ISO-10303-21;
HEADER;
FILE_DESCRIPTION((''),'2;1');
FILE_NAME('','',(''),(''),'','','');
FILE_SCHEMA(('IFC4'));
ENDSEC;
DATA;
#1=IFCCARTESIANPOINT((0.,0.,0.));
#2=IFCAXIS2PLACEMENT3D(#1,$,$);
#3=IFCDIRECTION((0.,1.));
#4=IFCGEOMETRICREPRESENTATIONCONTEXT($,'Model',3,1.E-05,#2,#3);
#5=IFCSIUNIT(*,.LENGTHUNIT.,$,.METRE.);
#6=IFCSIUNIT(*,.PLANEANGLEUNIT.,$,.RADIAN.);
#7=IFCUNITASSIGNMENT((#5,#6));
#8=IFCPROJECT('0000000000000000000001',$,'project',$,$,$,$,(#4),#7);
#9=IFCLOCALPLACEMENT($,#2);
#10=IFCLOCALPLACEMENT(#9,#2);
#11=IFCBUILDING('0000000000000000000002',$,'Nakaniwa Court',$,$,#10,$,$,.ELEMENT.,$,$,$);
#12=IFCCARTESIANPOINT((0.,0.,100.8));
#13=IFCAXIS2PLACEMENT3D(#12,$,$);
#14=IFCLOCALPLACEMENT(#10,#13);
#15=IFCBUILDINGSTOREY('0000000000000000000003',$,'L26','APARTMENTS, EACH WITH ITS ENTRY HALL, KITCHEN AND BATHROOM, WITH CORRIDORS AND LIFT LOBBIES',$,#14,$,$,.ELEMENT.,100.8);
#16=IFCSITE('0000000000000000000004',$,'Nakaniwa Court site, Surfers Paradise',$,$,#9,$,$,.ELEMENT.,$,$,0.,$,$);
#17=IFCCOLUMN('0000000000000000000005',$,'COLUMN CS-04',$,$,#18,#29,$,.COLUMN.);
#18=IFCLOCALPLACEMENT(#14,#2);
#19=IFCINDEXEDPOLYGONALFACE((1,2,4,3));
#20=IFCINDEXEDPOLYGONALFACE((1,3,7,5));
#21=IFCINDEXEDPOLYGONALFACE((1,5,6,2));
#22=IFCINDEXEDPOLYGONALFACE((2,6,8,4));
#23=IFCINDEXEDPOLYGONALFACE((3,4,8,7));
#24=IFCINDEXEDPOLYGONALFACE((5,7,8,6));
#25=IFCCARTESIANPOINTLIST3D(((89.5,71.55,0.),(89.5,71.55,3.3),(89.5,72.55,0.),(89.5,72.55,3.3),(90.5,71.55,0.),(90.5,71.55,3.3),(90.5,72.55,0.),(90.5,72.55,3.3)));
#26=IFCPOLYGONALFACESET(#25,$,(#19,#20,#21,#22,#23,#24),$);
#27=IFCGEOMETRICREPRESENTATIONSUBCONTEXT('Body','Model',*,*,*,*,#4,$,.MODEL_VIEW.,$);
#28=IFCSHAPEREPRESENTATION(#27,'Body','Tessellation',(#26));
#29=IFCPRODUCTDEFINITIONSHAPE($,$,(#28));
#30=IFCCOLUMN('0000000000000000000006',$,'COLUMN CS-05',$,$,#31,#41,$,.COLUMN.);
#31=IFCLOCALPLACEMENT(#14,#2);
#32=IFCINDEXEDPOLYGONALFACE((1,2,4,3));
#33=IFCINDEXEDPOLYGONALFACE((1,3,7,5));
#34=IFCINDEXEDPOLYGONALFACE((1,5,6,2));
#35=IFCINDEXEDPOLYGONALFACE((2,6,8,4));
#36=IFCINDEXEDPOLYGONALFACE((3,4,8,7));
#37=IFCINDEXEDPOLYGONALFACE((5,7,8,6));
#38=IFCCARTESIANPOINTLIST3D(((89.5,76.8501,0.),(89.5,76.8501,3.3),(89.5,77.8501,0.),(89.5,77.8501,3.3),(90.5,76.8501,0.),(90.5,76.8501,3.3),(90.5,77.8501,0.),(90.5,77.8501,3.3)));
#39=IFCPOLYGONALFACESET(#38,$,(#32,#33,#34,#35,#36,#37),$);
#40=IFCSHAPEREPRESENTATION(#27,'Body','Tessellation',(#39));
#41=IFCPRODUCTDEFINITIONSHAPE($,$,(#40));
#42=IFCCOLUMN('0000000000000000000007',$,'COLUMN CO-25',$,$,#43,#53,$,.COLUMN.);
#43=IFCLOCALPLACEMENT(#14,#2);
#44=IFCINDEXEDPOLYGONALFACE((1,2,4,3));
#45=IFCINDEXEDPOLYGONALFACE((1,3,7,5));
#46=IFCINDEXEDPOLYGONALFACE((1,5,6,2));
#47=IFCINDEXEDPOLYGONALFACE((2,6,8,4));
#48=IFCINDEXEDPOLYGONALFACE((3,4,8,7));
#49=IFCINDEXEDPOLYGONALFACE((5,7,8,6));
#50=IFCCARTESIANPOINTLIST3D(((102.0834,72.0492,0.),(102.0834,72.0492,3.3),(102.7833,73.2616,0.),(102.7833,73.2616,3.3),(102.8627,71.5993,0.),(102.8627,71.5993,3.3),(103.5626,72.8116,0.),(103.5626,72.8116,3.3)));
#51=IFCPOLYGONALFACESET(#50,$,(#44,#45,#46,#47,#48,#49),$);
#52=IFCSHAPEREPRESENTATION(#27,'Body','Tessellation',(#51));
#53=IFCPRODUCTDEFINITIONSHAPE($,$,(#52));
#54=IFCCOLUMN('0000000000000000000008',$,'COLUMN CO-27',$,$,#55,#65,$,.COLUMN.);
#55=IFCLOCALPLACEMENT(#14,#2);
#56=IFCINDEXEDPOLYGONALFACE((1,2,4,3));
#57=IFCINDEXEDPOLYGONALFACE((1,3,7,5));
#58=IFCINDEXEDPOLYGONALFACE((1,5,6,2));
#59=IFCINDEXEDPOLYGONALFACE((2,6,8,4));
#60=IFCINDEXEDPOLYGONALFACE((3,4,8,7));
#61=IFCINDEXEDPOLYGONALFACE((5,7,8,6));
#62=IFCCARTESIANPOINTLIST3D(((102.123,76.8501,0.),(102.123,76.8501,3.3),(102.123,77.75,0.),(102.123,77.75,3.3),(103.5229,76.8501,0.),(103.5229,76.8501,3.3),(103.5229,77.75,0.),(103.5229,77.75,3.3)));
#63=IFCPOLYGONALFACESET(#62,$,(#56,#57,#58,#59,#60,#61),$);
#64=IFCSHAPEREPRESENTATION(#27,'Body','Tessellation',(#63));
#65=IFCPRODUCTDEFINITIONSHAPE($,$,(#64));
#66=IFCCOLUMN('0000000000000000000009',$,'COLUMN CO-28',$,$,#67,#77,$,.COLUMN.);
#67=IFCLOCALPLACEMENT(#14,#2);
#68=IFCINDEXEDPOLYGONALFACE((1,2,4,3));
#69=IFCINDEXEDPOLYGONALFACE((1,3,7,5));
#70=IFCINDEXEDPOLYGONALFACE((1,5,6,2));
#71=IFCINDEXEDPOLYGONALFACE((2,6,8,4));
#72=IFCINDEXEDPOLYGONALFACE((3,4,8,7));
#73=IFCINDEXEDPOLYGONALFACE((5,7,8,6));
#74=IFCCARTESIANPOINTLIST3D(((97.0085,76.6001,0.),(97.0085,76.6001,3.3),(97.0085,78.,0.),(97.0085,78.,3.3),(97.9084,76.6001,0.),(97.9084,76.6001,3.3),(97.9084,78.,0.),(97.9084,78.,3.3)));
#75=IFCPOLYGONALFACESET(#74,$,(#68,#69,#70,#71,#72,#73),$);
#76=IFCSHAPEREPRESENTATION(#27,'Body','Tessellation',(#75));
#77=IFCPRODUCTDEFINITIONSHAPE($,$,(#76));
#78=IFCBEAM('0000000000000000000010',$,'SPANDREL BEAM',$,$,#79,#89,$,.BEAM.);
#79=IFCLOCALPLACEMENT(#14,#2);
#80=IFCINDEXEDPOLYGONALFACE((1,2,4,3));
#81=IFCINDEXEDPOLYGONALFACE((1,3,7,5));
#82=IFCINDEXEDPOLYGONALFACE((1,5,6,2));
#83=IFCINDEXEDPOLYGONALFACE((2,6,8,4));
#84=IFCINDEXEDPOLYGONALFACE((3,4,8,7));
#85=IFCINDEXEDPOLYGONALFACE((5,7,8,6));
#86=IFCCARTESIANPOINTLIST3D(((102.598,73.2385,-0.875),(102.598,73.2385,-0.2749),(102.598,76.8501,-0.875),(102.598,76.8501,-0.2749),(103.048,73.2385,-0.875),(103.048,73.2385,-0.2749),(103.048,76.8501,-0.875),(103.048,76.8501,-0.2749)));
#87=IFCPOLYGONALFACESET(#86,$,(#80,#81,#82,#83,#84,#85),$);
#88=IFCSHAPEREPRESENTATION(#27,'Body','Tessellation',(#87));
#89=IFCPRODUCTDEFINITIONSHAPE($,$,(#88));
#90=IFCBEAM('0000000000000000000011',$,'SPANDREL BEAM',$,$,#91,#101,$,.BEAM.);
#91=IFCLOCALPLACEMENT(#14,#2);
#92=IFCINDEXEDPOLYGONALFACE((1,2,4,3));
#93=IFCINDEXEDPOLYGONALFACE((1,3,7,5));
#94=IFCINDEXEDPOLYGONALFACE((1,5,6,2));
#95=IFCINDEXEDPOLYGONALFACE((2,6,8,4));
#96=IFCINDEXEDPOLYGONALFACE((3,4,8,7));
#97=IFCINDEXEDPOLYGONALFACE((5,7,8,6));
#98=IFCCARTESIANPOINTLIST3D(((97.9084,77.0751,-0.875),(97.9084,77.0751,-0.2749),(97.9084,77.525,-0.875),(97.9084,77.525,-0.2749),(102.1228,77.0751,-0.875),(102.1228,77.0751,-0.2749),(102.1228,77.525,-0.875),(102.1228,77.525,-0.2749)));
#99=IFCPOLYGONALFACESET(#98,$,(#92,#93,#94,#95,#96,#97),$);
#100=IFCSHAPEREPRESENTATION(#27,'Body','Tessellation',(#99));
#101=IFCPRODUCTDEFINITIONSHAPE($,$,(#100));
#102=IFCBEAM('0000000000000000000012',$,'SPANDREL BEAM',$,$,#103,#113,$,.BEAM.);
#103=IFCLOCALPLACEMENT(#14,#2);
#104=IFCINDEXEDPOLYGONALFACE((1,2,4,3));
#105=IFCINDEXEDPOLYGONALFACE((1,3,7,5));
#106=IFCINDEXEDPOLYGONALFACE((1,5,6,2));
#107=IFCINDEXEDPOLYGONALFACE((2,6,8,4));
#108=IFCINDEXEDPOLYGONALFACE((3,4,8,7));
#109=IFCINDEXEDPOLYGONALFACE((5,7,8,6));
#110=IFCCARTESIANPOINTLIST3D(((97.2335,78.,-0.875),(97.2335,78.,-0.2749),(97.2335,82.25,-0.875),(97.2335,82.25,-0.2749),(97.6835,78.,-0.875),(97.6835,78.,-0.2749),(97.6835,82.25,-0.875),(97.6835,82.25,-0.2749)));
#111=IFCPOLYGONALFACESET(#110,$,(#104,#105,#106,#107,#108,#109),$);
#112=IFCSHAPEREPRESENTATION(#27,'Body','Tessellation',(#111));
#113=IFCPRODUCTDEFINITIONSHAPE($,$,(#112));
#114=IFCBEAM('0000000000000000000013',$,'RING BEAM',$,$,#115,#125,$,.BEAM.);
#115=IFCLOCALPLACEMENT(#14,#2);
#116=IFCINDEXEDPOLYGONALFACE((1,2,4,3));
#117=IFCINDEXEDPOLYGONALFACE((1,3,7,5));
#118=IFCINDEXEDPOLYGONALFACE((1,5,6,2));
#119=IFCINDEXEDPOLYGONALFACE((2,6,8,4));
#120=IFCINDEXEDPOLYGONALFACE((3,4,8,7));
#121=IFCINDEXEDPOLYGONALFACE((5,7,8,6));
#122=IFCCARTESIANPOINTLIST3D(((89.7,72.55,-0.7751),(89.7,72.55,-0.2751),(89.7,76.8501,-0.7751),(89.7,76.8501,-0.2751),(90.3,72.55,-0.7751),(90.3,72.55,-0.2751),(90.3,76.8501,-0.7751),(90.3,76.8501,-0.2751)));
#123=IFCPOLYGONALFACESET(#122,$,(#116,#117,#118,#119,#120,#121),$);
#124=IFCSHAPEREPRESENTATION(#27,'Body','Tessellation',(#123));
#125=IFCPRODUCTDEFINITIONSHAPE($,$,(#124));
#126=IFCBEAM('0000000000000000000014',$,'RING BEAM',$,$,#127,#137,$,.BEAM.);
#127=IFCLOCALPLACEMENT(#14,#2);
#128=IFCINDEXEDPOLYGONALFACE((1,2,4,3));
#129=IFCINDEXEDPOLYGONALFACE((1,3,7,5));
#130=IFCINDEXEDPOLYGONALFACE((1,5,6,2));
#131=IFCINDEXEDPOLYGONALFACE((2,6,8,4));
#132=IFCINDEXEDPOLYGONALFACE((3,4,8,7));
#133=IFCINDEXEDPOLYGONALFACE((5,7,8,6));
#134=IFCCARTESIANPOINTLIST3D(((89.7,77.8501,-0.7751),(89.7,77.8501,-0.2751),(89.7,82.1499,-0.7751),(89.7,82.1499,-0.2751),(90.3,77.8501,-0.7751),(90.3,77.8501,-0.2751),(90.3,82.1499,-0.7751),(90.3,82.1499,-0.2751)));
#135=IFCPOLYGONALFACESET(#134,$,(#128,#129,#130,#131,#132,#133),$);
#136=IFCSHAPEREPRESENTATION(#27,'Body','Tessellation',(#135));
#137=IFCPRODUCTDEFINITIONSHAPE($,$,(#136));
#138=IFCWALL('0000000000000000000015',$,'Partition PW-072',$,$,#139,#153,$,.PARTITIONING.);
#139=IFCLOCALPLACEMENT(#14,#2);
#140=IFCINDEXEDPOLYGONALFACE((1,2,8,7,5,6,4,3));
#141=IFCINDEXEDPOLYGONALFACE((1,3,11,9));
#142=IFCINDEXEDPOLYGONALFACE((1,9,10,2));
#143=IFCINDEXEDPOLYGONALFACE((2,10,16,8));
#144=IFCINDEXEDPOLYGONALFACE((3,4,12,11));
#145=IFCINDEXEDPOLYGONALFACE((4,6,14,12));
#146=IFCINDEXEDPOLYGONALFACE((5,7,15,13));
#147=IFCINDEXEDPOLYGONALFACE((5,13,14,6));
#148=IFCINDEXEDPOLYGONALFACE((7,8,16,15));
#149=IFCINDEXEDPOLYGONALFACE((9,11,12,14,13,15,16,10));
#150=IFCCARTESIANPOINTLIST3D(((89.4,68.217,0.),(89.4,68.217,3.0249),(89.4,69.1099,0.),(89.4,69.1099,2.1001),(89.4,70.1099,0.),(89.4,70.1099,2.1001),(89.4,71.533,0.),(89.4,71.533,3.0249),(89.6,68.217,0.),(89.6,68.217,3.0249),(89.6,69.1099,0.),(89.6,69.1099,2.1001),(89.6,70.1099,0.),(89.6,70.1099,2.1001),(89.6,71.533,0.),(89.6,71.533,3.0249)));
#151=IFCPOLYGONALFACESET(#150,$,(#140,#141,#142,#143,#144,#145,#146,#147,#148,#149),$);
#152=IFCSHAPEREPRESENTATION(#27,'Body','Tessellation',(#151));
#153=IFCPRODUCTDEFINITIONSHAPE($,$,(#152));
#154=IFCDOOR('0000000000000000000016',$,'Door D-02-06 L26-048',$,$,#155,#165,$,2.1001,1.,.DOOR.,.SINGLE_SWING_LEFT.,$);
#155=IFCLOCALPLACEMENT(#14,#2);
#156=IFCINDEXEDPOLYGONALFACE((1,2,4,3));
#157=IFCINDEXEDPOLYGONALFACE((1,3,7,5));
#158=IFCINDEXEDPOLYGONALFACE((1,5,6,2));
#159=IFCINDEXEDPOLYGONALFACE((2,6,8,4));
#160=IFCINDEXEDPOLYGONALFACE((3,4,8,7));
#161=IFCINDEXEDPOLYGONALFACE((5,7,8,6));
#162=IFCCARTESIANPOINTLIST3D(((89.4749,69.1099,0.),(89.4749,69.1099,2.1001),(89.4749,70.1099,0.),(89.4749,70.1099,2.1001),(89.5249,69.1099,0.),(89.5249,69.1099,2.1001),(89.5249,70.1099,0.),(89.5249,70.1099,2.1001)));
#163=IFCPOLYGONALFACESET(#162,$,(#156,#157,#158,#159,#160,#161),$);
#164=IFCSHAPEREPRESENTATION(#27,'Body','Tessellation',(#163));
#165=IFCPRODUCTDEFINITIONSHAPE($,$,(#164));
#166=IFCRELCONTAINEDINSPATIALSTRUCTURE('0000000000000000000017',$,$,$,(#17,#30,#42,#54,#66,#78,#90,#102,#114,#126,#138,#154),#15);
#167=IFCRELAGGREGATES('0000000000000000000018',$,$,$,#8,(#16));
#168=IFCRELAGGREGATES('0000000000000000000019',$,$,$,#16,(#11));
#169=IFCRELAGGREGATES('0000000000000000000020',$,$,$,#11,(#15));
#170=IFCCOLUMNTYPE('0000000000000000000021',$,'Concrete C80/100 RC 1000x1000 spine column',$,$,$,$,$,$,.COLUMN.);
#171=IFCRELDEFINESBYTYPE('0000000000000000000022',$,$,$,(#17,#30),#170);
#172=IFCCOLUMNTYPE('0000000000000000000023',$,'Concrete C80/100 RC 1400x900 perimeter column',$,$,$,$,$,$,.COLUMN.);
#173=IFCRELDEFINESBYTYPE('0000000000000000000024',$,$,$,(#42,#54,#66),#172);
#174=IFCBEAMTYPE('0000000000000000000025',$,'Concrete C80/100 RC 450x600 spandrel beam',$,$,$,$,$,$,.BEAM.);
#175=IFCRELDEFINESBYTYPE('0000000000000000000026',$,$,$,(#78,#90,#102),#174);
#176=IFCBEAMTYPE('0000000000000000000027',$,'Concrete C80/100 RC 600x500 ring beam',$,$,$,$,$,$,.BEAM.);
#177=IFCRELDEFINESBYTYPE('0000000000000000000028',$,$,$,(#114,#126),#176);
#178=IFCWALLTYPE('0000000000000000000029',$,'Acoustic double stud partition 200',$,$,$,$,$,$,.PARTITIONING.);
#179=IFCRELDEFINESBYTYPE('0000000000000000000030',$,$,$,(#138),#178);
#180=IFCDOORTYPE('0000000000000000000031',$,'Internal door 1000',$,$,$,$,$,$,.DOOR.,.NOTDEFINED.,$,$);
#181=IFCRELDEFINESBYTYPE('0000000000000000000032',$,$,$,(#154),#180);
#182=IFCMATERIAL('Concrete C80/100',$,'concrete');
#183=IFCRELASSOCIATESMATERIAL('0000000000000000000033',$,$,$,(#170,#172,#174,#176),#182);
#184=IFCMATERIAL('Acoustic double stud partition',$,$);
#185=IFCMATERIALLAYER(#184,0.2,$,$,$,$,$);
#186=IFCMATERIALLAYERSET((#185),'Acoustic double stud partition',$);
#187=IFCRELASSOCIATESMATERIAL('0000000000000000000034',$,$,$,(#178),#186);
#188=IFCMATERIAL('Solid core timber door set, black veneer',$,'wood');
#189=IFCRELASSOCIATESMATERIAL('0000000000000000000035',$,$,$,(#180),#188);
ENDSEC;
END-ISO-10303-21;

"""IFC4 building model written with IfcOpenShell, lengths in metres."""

from ifc_helpers import new_model, si_unit, direction, frame, frame_2d, origin, origin_2d, place, context, subcontext, project, spatial, rectangle, extrude, material, layer, layer_set, material_profile, profile_set, type_object, element, fill, save


model = new_model("IFC4")

# Units and contexts
model_context = context("Model", 3, precision=1e-05, world=origin(), true_north=direction((0.0, 1.0)))
body_context = subcontext(model_context, "Body", "Model", "MODEL_VIEW")
ifc_project = project(units=[si_unit("LENGTHUNIT", "METRE"), si_unit("PLANEANGLEUNIT", "RADIAN")], contexts=[model_context])

# Site, building, storey
site_placement = place(None, origin())
site = spatial("IfcSite", under=ifc_project, at=site_placement, Name="Nakaniwa Court site, Surfers Paradise", CompositionType="ELEMENT", RefElevation=0.0)
building_placement = place(site_placement, origin())
building = spatial("IfcBuilding", under=site, at=building_placement, Name="Nakaniwa Court", CompositionType="ELEMENT")
storey_placement = place(building_placement, frame((0.0, 0.0, 100.8)))
storey = spatial("IfcBuildingStorey", under=building, at=storey_placement, Name="L26", Description="APARTMENTS, EACH WITH ITS ENTRY HALL, KITCHEN AND BATHROOM, WITH CORRIDORS AND LIFT LOBBIES", CompositionType="ELEMENT", Elevation=100.8)

# Columns
ifc_material_1 = material(Name="Concrete C80/100", Category="concrete")
ifc_material_profile_1 = material_profile(ifc_material_1, rectangle(XDim=1.0, YDim=1.0, at=origin_2d()), Name="Concrete C80/100 RC 1000x1000 spine column")
ifc_profile_set_1 = profile_set([ifc_material_profile_1], Name="Concrete C80/100")
column_type_1 = type_object("IfcColumnType", Name="Concrete C80/100 RC 1000x1000 spine column", PredefinedType="COLUMN", material=ifc_profile_set_1)
for number, where, z_axis, x_axis, name in (
    (1, (90.0, 72.05, 0.0), (0.0, 0.0, 1.0), (0.0, 1.0, 0.0), "COLUMN CS-04"),
    (2, (90.0, 77.3501, 0.0), (0.0, 0.0, 1.0), (0.0, 1.0, 0.0), "COLUMN CS-05"),
):
    element("IfcColumn", number, at=place(storey_placement, frame(where, z_axis=z_axis, x_axis=x_axis)), inside=storey, type_object=column_type_1, Name=name, PredefinedType="COLUMN", context=body_context, shape_type="SweptSolid", body=[
        extrude(rectangle(XDim=1.0, YDim=1.0, at=origin_2d()), origin(), (0.0, 0.0, 1.0), 3.3),
    ])
ifc_material_profile_2 = material_profile(ifc_material_1, rectangle(XDim=1.3999, YDim=0.8999, at=origin_2d()), Name="Concrete C80/100 RC 1400x900 perimeter column")
ifc_profile_set_2 = profile_set([ifc_material_profile_2], Name="Concrete C80/100")
column_type_2 = type_object("IfcColumnType", Name="Concrete C80/100 RC 1400x900 perimeter column", PredefinedType="COLUMN", material=ifc_profile_set_2)
for number, where, z_axis, x_axis, name in (
    (3, (102.823, 72.4304, 0.0), (0.0, 0.0, 1.0), (0.5, 0.866025, 0.0), "COLUMN CO-25"),
    (4, (102.823, 77.3, 0.0), (0.0, 0.0, 1.0), (-1.0, 0.0, 0.0), "COLUMN CO-27"),
    (5, (97.4585, 77.3, 0.0), (0.0, 0.0, 1.0), (0.0, 1.0, 0.0), "COLUMN CO-28"),
):
    element("IfcColumn", number, at=place(storey_placement, frame(where, z_axis=z_axis, x_axis=x_axis)), inside=storey, type_object=column_type_2, Name=name, PredefinedType="COLUMN", context=body_context, shape_type="SweptSolid", body=[
        extrude(rectangle(XDim=1.3999, YDim=0.8999, at=origin_2d()), origin(), (0.0, 0.0, 1.0), 3.3),
    ])

# Beams
ifc_material_profile_3 = material_profile(ifc_material_1, rectangle(XDim=0.45, YDim=0.6001, at=origin_2d()), Name="Concrete C80/100 RC 450x600 spandrel beam")
ifc_profile_set_3 = profile_set([ifc_material_profile_3], Name="Concrete C80/100")
beam_type_1 = type_object("IfcBeamType", Name="Concrete C80/100 RC 450x600 spandrel beam", PredefinedType="BEAM", material=ifc_profile_set_3)
beam_1_placement = place(storey_placement, frame((102.823, 73.2385, -0.575), z_axis=(0.0, 1.0, 0.0), x_axis=(-1.0, 0.0, 0.0)))
element("IfcBeam", 6, at=beam_1_placement, inside=storey, type_object=beam_type_1, Name="SPANDREL BEAM", PredefinedType="BEAM", context=body_context, shape_type="SweptSolid", body=[
    extrude(rectangle(XDim=0.45, YDim=0.6001, at=origin_2d()), origin(), (0.0, 0.0, 1.0), 3.6116),
])
beam_2_placement = place(storey_placement, frame((102.1228, 77.3, -0.575), z_axis=(-1.0, 0.0, 0.0), x_axis=(0.0, -1.0, 0.0)))
element("IfcBeam", 7, at=beam_2_placement, inside=storey, type_object=beam_type_1, Name="SPANDREL BEAM", PredefinedType="BEAM", context=body_context, shape_type="SweptSolid", body=[
    extrude(rectangle(XDim=0.45, YDim=0.6001, at=origin_2d()), origin(), (0.0, 0.0, 1.0), 4.2144),
])
beam_3_placement = place(storey_placement, frame((97.4585, 78.0, -0.575), z_axis=(0.0, 1.0, 0.0), x_axis=(-1.0, 0.0, 0.0)))
element("IfcBeam", 8, at=beam_3_placement, inside=storey, type_object=beam_type_1, Name="SPANDREL BEAM", PredefinedType="BEAM", context=body_context, shape_type="SweptSolid", body=[
    extrude(rectangle(XDim=0.45, YDim=0.6001, at=origin_2d()), origin(), (0.0, 0.0, 1.0), 4.25),
])
ifc_material_profile_4 = material_profile(ifc_material_1, rectangle(XDim=0.6001, YDim=0.5, at=origin_2d()), Name="Concrete C80/100 RC 600x500 ring beam")
ifc_profile_set_4 = profile_set([ifc_material_profile_4], Name="Concrete C80/100")
beam_type_2 = type_object("IfcBeamType", Name="Concrete C80/100 RC 600x500 ring beam", PredefinedType="BEAM", material=ifc_profile_set_4)
beam_4_placement = place(storey_placement, frame((90.0, 72.55, -0.5251), z_axis=(0.0, 1.0, 0.0), x_axis=(-1.0, 0.0, 0.0)))
element("IfcBeam", 9, at=beam_4_placement, inside=storey, type_object=beam_type_2, Name="RING BEAM", PredefinedType="BEAM", context=body_context, shape_type="SweptSolid", body=[
    extrude(rectangle(XDim=0.6001, YDim=0.5, at=origin_2d()), origin(), (0.0, 0.0, 1.0), 4.3),
])
beam_5_placement = place(storey_placement, frame((90.0, 77.8501, -0.5251), z_axis=(0.0, 1.0, 0.0), x_axis=(-1.0, 0.0, 0.0)))
element("IfcBeam", 10, at=beam_5_placement, inside=storey, type_object=beam_type_2, Name="RING BEAM", PredefinedType="BEAM", context=body_context, shape_type="SweptSolid", body=[
    extrude(rectangle(XDim=0.6001, YDim=0.5, at=origin_2d()), origin(), (0.0, 0.0, 1.0), 4.2998),
])

# Wall, opening, door
ifc_material_2 = material(Name="Acoustic double stud partition")
ifc_layer_1 = layer(ifc_material_2, 0.2)
ifc_layer_set_1 = layer_set([ifc_layer_1], Name="Acoustic double stud partition")
wall_type_1 = type_object("IfcWallType", Name="Acoustic double stud partition 200", PredefinedType="PARTITIONING", material=ifc_layer_set_1)
wall_1_placement = place(storey_placement, frame((89.5, 71.533, 0.0), z_axis=(0.0, 0.0, 1.0), x_axis=(0.0, -1.0, 0.0)))
wall_1 = element("IfcWall", 11, at=wall_1_placement, inside=storey, type_object=wall_type_1, Name="Partition PW-072", PredefinedType="PARTITIONING", context=body_context, shape_type="SweptSolid", body=[
    extrude(rectangle(XDim=3.3159, YDim=0.2, at=frame_2d((1.658, 0.0))), origin(), (0.0, 0.0, 1.0), 3.0249),
])
opening_1_placement = place(wall_1_placement, frame((1.4231, 0.0, 0.0)))
opening_1 = element("IfcOpeningElement", 12, at=opening_1_placement, cuts=wall_1, PredefinedType="OPENING", context=body_context, shape_type="SweptSolid", body=[
    extrude(rectangle(XDim=1.0, YDim=2.1001, at=frame_2d((0.5, 1.05))), frame((0.0, 0.1099, 0.0), z_axis=(0.0, -1.0, 0.0), x_axis=(1.0, 0.0, 0.0)), (0.0, 0.0, 1.0), 0.22),
])
ifc_material_3 = material(Name="Solid core timber door set, black veneer", Category="wood")
door_type_1 = type_object("IfcDoorType", Name="Internal door 1000", OperationType="NOTDEFINED", PredefinedType="DOOR", material=ifc_material_3)
door_1_placement = place(opening_1_placement, origin())
door_1 = element("IfcDoor", 13, at=door_1_placement, inside=storey, type_object=door_type_1, Name="Door D-02-06 L26-048", OperationType="SINGLE_SWING_LEFT", OverallHeight=2.1001, OverallWidth=1.0, PredefinedType="DOOR", context=body_context, shape_type="SweptSolid", body=[
    extrude(rectangle(XDim=1.0, YDim=2.1001, at=frame_2d((0.5, 1.05))), frame((0.0, 0.0249, 0.0), z_axis=(0.0, -1.0, 0.0), x_axis=(1.0, 0.0, 0.0)), (0.0, 0.0, 1.0), 0.05),
])
fill(opening_1, door_1)

save(model, "model.ifc")
